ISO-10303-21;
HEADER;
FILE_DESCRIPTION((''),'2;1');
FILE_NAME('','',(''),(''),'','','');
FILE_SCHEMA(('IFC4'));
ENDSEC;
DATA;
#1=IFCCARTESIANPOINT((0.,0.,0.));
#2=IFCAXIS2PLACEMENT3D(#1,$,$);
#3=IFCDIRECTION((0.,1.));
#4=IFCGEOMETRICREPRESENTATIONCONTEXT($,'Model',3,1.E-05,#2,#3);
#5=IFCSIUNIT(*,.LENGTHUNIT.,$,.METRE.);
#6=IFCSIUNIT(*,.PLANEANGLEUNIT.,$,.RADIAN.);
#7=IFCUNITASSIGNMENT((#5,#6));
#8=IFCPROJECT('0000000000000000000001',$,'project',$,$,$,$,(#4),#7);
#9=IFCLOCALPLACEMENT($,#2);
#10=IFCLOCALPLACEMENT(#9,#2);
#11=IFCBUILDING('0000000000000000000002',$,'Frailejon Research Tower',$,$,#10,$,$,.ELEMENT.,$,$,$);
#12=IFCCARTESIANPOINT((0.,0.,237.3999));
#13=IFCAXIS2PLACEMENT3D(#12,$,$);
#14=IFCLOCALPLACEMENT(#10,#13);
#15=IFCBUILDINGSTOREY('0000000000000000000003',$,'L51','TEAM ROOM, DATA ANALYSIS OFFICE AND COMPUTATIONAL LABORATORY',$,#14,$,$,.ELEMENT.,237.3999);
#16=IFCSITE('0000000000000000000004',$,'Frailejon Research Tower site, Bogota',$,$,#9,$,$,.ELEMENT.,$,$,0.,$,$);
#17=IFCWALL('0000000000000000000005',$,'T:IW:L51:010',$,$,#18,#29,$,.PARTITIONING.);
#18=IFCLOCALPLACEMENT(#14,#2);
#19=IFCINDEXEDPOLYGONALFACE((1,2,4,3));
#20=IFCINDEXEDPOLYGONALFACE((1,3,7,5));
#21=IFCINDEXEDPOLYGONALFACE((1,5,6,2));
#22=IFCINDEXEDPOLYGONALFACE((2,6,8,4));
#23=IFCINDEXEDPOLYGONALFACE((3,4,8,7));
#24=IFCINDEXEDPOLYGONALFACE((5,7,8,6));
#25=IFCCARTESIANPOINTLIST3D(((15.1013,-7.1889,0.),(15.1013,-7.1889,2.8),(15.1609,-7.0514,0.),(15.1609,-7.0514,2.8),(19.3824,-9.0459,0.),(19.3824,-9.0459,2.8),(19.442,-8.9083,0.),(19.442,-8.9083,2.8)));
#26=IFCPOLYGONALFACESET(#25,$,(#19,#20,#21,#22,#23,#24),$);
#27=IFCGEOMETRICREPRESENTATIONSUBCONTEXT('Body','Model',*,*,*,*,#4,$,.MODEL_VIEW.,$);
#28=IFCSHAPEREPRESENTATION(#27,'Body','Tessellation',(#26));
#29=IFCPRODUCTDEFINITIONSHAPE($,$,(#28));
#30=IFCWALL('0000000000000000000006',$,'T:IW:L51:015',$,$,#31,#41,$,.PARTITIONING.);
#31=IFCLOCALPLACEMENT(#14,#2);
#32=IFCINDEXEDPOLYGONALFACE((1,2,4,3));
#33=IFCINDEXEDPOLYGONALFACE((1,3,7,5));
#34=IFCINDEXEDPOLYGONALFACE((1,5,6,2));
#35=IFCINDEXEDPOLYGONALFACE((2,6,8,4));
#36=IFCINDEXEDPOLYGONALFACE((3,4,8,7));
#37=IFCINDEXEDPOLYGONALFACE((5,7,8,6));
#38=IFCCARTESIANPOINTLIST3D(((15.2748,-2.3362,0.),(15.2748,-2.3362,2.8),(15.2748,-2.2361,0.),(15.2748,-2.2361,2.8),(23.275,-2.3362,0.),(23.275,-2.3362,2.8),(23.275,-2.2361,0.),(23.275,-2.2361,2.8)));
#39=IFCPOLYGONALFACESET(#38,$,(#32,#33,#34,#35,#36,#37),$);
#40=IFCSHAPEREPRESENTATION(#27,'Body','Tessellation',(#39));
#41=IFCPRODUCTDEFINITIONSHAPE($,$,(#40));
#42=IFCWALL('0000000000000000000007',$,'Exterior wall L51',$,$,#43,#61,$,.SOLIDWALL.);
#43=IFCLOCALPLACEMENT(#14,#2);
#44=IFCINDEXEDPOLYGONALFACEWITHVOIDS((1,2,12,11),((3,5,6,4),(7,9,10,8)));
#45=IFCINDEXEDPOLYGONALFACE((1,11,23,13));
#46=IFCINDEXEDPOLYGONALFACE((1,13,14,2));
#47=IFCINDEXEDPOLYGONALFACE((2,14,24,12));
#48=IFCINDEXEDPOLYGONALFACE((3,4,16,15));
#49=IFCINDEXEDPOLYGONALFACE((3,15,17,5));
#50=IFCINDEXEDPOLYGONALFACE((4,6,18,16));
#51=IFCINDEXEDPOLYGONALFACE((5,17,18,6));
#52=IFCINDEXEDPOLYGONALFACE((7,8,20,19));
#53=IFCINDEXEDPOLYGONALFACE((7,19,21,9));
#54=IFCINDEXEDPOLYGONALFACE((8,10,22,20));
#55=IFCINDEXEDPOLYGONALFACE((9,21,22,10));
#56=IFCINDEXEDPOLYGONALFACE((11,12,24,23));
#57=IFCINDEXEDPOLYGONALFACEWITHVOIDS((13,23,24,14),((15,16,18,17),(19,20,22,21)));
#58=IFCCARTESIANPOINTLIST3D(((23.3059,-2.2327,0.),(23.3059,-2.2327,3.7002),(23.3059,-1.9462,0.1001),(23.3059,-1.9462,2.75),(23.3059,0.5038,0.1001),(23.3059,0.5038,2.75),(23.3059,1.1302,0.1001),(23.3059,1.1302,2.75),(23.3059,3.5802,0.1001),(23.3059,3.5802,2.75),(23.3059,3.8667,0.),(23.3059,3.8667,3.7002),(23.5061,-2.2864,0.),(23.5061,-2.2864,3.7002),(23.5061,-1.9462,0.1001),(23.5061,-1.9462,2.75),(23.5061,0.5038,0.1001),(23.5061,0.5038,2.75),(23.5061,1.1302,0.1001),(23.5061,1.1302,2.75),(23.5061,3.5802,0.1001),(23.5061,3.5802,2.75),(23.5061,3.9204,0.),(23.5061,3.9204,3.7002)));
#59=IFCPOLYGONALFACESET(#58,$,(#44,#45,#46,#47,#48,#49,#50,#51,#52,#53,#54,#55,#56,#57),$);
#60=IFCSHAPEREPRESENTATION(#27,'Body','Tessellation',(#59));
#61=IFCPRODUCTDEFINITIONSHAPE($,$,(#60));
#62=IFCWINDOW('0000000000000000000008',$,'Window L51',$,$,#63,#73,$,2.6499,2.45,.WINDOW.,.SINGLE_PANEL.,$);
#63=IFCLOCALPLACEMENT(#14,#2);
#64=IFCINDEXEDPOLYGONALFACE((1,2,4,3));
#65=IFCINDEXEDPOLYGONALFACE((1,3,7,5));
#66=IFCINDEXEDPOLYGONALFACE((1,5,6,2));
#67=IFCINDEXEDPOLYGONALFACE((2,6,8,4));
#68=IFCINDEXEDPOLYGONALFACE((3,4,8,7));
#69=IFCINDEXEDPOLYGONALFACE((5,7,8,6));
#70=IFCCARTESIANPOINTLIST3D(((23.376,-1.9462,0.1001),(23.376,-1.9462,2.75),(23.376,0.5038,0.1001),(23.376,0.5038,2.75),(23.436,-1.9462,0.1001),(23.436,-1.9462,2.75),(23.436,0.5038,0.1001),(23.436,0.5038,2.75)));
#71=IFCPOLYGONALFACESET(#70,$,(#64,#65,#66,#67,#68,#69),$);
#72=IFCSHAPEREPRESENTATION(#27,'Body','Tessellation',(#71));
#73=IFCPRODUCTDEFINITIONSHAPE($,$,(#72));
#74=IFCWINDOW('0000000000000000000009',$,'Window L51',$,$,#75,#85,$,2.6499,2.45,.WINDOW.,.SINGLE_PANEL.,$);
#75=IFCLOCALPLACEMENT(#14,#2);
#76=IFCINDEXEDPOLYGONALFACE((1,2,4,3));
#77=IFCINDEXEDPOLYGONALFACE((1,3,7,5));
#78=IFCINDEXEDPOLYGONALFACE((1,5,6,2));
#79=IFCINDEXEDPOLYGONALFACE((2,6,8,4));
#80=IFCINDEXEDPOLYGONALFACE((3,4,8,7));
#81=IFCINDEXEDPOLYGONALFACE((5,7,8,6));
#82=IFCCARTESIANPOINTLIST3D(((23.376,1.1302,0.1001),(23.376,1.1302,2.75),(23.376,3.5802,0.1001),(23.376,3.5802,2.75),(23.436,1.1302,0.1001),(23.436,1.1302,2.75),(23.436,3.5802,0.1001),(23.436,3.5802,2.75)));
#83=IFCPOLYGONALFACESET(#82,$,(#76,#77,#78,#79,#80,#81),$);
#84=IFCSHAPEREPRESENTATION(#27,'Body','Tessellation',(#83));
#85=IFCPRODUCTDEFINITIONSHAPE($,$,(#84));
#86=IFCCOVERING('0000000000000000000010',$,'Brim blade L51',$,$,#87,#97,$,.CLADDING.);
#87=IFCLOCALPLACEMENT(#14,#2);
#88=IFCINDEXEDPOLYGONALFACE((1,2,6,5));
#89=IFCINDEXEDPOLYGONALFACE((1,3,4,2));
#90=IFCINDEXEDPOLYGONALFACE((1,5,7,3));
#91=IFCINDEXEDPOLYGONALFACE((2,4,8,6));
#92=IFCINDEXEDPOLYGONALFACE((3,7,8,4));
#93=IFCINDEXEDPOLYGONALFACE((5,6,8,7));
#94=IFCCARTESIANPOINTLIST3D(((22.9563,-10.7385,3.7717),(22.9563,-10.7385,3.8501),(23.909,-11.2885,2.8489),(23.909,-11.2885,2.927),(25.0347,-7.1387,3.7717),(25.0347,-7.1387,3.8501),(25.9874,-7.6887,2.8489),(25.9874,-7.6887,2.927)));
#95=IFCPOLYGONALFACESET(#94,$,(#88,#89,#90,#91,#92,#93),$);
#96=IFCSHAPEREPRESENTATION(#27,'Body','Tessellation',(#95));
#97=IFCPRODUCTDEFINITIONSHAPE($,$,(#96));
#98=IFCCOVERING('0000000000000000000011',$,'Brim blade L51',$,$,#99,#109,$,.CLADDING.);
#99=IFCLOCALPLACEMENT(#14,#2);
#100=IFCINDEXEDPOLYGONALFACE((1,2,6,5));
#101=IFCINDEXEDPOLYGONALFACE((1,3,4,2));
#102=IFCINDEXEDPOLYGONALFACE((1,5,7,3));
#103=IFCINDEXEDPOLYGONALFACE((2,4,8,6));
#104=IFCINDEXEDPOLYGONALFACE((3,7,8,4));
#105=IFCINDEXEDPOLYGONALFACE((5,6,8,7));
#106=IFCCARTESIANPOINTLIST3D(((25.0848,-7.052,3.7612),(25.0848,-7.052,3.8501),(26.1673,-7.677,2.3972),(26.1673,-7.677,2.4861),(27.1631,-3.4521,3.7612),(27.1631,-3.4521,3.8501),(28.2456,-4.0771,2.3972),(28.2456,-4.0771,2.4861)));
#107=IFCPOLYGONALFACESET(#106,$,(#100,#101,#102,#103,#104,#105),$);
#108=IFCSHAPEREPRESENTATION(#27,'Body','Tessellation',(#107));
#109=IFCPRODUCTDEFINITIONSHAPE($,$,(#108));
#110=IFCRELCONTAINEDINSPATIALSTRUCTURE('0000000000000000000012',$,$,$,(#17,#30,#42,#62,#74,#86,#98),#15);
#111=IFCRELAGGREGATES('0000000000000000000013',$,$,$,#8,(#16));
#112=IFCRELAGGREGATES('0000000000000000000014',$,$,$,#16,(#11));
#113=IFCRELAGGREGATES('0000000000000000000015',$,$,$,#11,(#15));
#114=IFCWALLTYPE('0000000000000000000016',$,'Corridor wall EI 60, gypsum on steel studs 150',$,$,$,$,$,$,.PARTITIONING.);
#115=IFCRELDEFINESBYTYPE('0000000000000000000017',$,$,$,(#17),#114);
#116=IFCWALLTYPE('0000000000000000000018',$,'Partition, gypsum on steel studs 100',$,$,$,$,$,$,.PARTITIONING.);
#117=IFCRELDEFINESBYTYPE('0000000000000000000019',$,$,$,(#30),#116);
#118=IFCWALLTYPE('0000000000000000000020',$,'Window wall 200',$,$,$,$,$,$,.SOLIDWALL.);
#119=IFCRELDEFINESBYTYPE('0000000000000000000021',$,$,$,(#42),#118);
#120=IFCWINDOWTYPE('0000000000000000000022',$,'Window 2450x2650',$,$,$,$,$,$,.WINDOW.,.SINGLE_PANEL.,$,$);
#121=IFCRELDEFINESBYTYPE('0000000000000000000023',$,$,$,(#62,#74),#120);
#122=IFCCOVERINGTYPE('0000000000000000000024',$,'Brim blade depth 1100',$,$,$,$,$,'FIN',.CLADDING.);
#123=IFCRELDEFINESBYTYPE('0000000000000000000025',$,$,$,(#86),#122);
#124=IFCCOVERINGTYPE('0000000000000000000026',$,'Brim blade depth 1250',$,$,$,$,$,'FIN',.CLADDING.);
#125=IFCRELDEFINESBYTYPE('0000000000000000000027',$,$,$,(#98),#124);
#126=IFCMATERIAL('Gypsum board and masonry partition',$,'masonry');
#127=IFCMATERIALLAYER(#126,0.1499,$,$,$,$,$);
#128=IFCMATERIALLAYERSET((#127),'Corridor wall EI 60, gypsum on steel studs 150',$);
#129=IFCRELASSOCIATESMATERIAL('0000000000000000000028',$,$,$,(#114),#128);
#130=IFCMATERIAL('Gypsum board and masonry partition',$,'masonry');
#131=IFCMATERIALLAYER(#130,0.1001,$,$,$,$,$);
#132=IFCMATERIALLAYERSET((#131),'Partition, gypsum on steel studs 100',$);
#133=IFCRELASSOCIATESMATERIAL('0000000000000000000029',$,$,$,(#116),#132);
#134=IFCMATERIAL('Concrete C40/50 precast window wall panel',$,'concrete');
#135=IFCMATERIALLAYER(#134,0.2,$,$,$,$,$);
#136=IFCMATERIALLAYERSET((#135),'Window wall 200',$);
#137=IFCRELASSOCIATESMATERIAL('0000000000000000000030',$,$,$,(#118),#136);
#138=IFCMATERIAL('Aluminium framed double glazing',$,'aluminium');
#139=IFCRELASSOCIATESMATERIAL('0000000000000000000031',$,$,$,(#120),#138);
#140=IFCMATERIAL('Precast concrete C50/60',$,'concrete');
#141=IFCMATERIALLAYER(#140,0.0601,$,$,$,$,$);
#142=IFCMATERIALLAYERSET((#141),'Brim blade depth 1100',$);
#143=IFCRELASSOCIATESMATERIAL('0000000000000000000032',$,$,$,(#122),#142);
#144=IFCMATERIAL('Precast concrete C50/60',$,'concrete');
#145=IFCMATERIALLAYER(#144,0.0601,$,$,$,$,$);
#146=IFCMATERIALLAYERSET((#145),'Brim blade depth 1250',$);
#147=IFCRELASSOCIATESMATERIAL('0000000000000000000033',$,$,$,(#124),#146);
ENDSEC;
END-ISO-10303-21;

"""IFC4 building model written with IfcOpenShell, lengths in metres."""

from ifc_helpers import new_model, si_unit, direction, frame, frame_2d, origin, place, context, subcontext, project, spatial, polyline, rectangle, outline, extrude, material, layer, layer_set, type_object, element, fill, save


model = new_model("IFC4")

# Units and contexts
model_context = context("Model", 3, precision=1e-05, world=origin(), true_north=direction((0.0, 1.0)))
body_context = subcontext(model_context, "Body", "Model", "MODEL_VIEW")
ifc_project = project(units=[si_unit("LENGTHUNIT", "METRE"), si_unit("PLANEANGLEUNIT", "RADIAN")], contexts=[model_context])

# Site, building, storey
site_placement = place(None, origin())
site = spatial("IfcSite", under=ifc_project, at=site_placement, Name="Frailejon Research Tower site, Bogota", CompositionType="ELEMENT", RefElevation=0.0)
building_placement = place(site_placement, origin())
building = spatial("IfcBuilding", under=site, at=building_placement, Name="Frailejon Research Tower", CompositionType="ELEMENT")
storey_placement = place(building_placement, frame((0.0, 0.0, 237.3999)))
storey = spatial("IfcBuildingStorey", under=building, at=storey_placement, Name="L51", Description="TEAM ROOM, DATA ANALYSIS OFFICE AND COMPUTATIONAL LABORATORY", CompositionType="ELEMENT", Elevation=237.3999)

# Shared definitions
ifc_material_1 = material(Name="Gypsum board and masonry partition", Category="masonry")
ifc_layer_1 = layer(ifc_material_1, 0.1499)
ifc_layer_set_1 = layer_set([ifc_layer_1], Name="Corridor wall EI 60, gypsum on steel studs 150")
wall_type_1 = type_object("IfcWallType", Name="Corridor wall EI 60, gypsum on steel studs 150", PredefinedType="PARTITIONING", material=ifc_layer_set_1)

# Walls
wall_1_placement = place(storey_placement, frame((15.1311, -7.1201, 0.0), z_axis=(0.0, 0.0, 1.0), x_axis=(0.917412, -0.397938, 0.0)))
element("IfcWall", 1, at=wall_1_placement, inside=storey, type_object=wall_type_1, Name="T:IW:L51:010", PredefinedType="PARTITIONING", context=body_context, shape_type="SweptSolid", body=[
    extrude(rectangle(XDim=4.6665, YDim=0.1499, at=frame_2d((2.3333, 0.0))), origin(), (0.0, 0.0, 1.0), 2.8),
])
ifc_material_2 = material(Name="Gypsum board and masonry partition", Category="masonry")
ifc_layer_2 = layer(ifc_material_2, 0.1001)
ifc_layer_set_2 = layer_set([ifc_layer_2], Name="Partition, gypsum on steel studs 100")
wall_type_2 = type_object("IfcWallType", Name="Partition, gypsum on steel studs 100", PredefinedType="PARTITIONING", material=ifc_layer_set_2)
wall_2_placement = place(storey_placement, frame((15.2749, -2.2861, 0.0), z_axis=(0.0, 0.0, 1.0), x_axis=(1.0, 0.0, 0.0)))
element("IfcWall", 2, at=wall_2_placement, inside=storey, type_object=wall_type_2, Name="T:IW:L51:015", PredefinedType="PARTITIONING", context=body_context, shape_type="SweptSolid", body=[
    extrude(rectangle(XDim=8.0002, YDim=0.1001, at=frame_2d((4.0, 0.0))), origin(), (0.0, 0.0, 1.0), 2.8),
])

# Wall, openings, windows
ifc_material_3 = material(Name="Concrete C40/50 precast window wall panel", Category="concrete")
ifc_layer_3 = layer(ifc_material_3, 0.2)
ifc_layer_set_3 = layer_set([ifc_layer_3], Name="Window wall 200")
wall_type_3 = type_object("IfcWallType", Name="Window wall 200", PredefinedType="SOLIDWALL", material=ifc_layer_set_3)
wall_3_placement = place(storey_placement, frame((23.406, -2.2595, 0.0), z_axis=(0.0, 0.0, 1.0), x_axis=(0.0, 1.0, 0.0)))
wall_3 = element("IfcWall", 3, at=wall_3_placement, inside=storey, type_object=wall_type_3, Name="Exterior wall L51", PredefinedType="SOLIDWALL", context=body_context, shape_type="SweptSolid", body=[
    extrude(outline(polyline([(-0.0269, -0.1001), (1.0076, -0.1001), (2.042, -0.1001), (3.0767, -0.1001), (4.1111, -0.1001), (5.1455, -0.1001), (6.1799, -0.1001), (6.1262, 0.1001), (5.1096, 0.1001), (4.093, 0.1001), (3.0767, 0.1001), (2.0601, 0.1001), (1.0435, 0.1001), (0.0269, 0.1001), (-0.0269, -0.1001)])), origin(), (0.0, 0.0, 1.0), 3.7002),
])
opening_1_placement = place(wall_3_placement, frame((0.3132, 0.0, 0.1001)))
opening_1 = element("IfcOpeningElement", 4, at=opening_1_placement, cuts=wall_3, PredefinedType="OPENING", context=body_context, shape_type="SweptSolid", body=[
    extrude(rectangle(XDim=2.45, YDim=2.6499, at=frame_2d((1.2251, 1.325))), frame((0.0, 0.1099, 0.0), z_axis=(0.0, -1.0, 0.0), x_axis=(1.0, 0.0, 0.0)), (0.0, 0.0, 1.0), 0.22),
])
opening_2_placement = place(wall_3_placement, frame((3.3896, 0.0, 0.1001)))
opening_2 = element("IfcOpeningElement", 5, at=opening_2_placement, cuts=wall_3, PredefinedType="OPENING", context=body_context, shape_type="SweptSolid", body=[
    extrude(rectangle(XDim=2.45, YDim=2.6499, at=frame_2d((1.2251, 1.325))), frame((0.0, 0.1099, 0.0), z_axis=(0.0, -1.0, 0.0), x_axis=(1.0, 0.0, 0.0)), (0.0, 0.0, 1.0), 0.22),
])
ifc_material_4 = material(Name="Aluminium framed double glazing", Category="aluminium")
window_type = type_object("IfcWindowType", Name="Window 2450x2650", PartitioningType="SINGLE_PANEL", PredefinedType="WINDOW", material=ifc_material_4)
window_1_placement = place(opening_1_placement, origin())
window_1 = element("IfcWindow", 6, at=window_1_placement, inside=storey, type_object=window_type, Name="Window L51", OverallHeight=2.6499, OverallWidth=2.45, PartitioningType="SINGLE_PANEL", PredefinedType="WINDOW", context=body_context, shape_type="SweptSolid", body=[
    extrude(rectangle(XDim=2.45, YDim=2.6499, at=frame_2d((1.2251, 1.325))), frame((0.0, 0.03, 0.0), z_axis=(0.0, -1.0, 0.0), x_axis=(1.0, 0.0, 0.0)), (0.0, 0.0, 1.0), 0.0601),
])
fill(opening_1, window_1)
window_2_placement = place(opening_2_placement, origin())
window_2 = element("IfcWindow", 7, at=window_2_placement, inside=storey, type_object=window_type, Name="Window L51", OverallHeight=2.6499, OverallWidth=2.45, PartitioningType="SINGLE_PANEL", PredefinedType="WINDOW", context=body_context, shape_type="SweptSolid", body=[
    extrude(rectangle(XDim=2.45, YDim=2.6499, at=frame_2d((1.2251, 1.325))), frame((0.0, 0.03, 0.0), z_axis=(0.0, -1.0, 0.0), x_axis=(1.0, 0.0, 0.0)), (0.0, 0.0, 1.0), 0.0601),
])
fill(opening_2, window_2)

# Coverings
ifc_material_5 = material(Name="Precast concrete C50/60", Category="concrete")
ifc_layer_4 = layer(ifc_material_5, 0.0601)
ifc_layer_set_4 = layer_set([ifc_layer_4], Name="Brim blade depth 1100")
covering_type_1 = type_object("IfcCoveringType", Name="Brim blade depth 1100", ElementType="FIN", PredefinedType="CLADDING", material=ifc_layer_set_4)
covering_1_placement = place(storey_placement, frame((25.0347, -7.1387, 3.8501), z_axis=(-0.50001, -0.86602, 0.0), x_axis=(0.86602, -0.50001, 0.0)))
element("IfcCovering", 8, at=covering_1_placement, inside=storey, type_object=covering_type_1, Name="Brim blade L51", PredefinedType="CLADDING", context=body_context, shape_type="SweptSolid", body=[
    extrude(outline(polyline([(0.0, -0.0784), (1.1001, -1.0012), (1.1001, -0.9231), (0.0, 0.0), (0.0, -0.0784)])), origin(), (0.0, 0.0, 1.0), 4.1567),
])
ifc_material_6 = material(Name="Precast concrete C50/60", Category="concrete")
ifc_layer_5 = layer(ifc_material_6, 0.0601)
ifc_layer_set_5 = layer_set([ifc_layer_5], Name="Brim blade depth 1250")
covering_type_2 = type_object("IfcCoveringType", Name="Brim blade depth 1250", ElementType="FIN", PredefinedType="CLADDING", material=ifc_layer_set_5)
covering_2_placement = place(storey_placement, frame((27.1631, -3.4521, 3.8501), z_axis=(-0.499982, -0.866036, 0.0), x_axis=(0.866036, -0.499982, 0.0)))
element("IfcCovering", 9, at=covering_2_placement, inside=storey, type_object=covering_type_2, Name="Brim blade L51", PredefinedType="CLADDING", context=body_context, shape_type="SweptSolid", body=[
    extrude(outline(polyline([(0.0, -0.0889), (1.25, -1.4529), (1.25, -1.364), (0.0, 0.0), (0.0, -0.0889)])), origin(), (0.0, 0.0, 1.0), 4.1567),
])

save(model, "model.ifc")
